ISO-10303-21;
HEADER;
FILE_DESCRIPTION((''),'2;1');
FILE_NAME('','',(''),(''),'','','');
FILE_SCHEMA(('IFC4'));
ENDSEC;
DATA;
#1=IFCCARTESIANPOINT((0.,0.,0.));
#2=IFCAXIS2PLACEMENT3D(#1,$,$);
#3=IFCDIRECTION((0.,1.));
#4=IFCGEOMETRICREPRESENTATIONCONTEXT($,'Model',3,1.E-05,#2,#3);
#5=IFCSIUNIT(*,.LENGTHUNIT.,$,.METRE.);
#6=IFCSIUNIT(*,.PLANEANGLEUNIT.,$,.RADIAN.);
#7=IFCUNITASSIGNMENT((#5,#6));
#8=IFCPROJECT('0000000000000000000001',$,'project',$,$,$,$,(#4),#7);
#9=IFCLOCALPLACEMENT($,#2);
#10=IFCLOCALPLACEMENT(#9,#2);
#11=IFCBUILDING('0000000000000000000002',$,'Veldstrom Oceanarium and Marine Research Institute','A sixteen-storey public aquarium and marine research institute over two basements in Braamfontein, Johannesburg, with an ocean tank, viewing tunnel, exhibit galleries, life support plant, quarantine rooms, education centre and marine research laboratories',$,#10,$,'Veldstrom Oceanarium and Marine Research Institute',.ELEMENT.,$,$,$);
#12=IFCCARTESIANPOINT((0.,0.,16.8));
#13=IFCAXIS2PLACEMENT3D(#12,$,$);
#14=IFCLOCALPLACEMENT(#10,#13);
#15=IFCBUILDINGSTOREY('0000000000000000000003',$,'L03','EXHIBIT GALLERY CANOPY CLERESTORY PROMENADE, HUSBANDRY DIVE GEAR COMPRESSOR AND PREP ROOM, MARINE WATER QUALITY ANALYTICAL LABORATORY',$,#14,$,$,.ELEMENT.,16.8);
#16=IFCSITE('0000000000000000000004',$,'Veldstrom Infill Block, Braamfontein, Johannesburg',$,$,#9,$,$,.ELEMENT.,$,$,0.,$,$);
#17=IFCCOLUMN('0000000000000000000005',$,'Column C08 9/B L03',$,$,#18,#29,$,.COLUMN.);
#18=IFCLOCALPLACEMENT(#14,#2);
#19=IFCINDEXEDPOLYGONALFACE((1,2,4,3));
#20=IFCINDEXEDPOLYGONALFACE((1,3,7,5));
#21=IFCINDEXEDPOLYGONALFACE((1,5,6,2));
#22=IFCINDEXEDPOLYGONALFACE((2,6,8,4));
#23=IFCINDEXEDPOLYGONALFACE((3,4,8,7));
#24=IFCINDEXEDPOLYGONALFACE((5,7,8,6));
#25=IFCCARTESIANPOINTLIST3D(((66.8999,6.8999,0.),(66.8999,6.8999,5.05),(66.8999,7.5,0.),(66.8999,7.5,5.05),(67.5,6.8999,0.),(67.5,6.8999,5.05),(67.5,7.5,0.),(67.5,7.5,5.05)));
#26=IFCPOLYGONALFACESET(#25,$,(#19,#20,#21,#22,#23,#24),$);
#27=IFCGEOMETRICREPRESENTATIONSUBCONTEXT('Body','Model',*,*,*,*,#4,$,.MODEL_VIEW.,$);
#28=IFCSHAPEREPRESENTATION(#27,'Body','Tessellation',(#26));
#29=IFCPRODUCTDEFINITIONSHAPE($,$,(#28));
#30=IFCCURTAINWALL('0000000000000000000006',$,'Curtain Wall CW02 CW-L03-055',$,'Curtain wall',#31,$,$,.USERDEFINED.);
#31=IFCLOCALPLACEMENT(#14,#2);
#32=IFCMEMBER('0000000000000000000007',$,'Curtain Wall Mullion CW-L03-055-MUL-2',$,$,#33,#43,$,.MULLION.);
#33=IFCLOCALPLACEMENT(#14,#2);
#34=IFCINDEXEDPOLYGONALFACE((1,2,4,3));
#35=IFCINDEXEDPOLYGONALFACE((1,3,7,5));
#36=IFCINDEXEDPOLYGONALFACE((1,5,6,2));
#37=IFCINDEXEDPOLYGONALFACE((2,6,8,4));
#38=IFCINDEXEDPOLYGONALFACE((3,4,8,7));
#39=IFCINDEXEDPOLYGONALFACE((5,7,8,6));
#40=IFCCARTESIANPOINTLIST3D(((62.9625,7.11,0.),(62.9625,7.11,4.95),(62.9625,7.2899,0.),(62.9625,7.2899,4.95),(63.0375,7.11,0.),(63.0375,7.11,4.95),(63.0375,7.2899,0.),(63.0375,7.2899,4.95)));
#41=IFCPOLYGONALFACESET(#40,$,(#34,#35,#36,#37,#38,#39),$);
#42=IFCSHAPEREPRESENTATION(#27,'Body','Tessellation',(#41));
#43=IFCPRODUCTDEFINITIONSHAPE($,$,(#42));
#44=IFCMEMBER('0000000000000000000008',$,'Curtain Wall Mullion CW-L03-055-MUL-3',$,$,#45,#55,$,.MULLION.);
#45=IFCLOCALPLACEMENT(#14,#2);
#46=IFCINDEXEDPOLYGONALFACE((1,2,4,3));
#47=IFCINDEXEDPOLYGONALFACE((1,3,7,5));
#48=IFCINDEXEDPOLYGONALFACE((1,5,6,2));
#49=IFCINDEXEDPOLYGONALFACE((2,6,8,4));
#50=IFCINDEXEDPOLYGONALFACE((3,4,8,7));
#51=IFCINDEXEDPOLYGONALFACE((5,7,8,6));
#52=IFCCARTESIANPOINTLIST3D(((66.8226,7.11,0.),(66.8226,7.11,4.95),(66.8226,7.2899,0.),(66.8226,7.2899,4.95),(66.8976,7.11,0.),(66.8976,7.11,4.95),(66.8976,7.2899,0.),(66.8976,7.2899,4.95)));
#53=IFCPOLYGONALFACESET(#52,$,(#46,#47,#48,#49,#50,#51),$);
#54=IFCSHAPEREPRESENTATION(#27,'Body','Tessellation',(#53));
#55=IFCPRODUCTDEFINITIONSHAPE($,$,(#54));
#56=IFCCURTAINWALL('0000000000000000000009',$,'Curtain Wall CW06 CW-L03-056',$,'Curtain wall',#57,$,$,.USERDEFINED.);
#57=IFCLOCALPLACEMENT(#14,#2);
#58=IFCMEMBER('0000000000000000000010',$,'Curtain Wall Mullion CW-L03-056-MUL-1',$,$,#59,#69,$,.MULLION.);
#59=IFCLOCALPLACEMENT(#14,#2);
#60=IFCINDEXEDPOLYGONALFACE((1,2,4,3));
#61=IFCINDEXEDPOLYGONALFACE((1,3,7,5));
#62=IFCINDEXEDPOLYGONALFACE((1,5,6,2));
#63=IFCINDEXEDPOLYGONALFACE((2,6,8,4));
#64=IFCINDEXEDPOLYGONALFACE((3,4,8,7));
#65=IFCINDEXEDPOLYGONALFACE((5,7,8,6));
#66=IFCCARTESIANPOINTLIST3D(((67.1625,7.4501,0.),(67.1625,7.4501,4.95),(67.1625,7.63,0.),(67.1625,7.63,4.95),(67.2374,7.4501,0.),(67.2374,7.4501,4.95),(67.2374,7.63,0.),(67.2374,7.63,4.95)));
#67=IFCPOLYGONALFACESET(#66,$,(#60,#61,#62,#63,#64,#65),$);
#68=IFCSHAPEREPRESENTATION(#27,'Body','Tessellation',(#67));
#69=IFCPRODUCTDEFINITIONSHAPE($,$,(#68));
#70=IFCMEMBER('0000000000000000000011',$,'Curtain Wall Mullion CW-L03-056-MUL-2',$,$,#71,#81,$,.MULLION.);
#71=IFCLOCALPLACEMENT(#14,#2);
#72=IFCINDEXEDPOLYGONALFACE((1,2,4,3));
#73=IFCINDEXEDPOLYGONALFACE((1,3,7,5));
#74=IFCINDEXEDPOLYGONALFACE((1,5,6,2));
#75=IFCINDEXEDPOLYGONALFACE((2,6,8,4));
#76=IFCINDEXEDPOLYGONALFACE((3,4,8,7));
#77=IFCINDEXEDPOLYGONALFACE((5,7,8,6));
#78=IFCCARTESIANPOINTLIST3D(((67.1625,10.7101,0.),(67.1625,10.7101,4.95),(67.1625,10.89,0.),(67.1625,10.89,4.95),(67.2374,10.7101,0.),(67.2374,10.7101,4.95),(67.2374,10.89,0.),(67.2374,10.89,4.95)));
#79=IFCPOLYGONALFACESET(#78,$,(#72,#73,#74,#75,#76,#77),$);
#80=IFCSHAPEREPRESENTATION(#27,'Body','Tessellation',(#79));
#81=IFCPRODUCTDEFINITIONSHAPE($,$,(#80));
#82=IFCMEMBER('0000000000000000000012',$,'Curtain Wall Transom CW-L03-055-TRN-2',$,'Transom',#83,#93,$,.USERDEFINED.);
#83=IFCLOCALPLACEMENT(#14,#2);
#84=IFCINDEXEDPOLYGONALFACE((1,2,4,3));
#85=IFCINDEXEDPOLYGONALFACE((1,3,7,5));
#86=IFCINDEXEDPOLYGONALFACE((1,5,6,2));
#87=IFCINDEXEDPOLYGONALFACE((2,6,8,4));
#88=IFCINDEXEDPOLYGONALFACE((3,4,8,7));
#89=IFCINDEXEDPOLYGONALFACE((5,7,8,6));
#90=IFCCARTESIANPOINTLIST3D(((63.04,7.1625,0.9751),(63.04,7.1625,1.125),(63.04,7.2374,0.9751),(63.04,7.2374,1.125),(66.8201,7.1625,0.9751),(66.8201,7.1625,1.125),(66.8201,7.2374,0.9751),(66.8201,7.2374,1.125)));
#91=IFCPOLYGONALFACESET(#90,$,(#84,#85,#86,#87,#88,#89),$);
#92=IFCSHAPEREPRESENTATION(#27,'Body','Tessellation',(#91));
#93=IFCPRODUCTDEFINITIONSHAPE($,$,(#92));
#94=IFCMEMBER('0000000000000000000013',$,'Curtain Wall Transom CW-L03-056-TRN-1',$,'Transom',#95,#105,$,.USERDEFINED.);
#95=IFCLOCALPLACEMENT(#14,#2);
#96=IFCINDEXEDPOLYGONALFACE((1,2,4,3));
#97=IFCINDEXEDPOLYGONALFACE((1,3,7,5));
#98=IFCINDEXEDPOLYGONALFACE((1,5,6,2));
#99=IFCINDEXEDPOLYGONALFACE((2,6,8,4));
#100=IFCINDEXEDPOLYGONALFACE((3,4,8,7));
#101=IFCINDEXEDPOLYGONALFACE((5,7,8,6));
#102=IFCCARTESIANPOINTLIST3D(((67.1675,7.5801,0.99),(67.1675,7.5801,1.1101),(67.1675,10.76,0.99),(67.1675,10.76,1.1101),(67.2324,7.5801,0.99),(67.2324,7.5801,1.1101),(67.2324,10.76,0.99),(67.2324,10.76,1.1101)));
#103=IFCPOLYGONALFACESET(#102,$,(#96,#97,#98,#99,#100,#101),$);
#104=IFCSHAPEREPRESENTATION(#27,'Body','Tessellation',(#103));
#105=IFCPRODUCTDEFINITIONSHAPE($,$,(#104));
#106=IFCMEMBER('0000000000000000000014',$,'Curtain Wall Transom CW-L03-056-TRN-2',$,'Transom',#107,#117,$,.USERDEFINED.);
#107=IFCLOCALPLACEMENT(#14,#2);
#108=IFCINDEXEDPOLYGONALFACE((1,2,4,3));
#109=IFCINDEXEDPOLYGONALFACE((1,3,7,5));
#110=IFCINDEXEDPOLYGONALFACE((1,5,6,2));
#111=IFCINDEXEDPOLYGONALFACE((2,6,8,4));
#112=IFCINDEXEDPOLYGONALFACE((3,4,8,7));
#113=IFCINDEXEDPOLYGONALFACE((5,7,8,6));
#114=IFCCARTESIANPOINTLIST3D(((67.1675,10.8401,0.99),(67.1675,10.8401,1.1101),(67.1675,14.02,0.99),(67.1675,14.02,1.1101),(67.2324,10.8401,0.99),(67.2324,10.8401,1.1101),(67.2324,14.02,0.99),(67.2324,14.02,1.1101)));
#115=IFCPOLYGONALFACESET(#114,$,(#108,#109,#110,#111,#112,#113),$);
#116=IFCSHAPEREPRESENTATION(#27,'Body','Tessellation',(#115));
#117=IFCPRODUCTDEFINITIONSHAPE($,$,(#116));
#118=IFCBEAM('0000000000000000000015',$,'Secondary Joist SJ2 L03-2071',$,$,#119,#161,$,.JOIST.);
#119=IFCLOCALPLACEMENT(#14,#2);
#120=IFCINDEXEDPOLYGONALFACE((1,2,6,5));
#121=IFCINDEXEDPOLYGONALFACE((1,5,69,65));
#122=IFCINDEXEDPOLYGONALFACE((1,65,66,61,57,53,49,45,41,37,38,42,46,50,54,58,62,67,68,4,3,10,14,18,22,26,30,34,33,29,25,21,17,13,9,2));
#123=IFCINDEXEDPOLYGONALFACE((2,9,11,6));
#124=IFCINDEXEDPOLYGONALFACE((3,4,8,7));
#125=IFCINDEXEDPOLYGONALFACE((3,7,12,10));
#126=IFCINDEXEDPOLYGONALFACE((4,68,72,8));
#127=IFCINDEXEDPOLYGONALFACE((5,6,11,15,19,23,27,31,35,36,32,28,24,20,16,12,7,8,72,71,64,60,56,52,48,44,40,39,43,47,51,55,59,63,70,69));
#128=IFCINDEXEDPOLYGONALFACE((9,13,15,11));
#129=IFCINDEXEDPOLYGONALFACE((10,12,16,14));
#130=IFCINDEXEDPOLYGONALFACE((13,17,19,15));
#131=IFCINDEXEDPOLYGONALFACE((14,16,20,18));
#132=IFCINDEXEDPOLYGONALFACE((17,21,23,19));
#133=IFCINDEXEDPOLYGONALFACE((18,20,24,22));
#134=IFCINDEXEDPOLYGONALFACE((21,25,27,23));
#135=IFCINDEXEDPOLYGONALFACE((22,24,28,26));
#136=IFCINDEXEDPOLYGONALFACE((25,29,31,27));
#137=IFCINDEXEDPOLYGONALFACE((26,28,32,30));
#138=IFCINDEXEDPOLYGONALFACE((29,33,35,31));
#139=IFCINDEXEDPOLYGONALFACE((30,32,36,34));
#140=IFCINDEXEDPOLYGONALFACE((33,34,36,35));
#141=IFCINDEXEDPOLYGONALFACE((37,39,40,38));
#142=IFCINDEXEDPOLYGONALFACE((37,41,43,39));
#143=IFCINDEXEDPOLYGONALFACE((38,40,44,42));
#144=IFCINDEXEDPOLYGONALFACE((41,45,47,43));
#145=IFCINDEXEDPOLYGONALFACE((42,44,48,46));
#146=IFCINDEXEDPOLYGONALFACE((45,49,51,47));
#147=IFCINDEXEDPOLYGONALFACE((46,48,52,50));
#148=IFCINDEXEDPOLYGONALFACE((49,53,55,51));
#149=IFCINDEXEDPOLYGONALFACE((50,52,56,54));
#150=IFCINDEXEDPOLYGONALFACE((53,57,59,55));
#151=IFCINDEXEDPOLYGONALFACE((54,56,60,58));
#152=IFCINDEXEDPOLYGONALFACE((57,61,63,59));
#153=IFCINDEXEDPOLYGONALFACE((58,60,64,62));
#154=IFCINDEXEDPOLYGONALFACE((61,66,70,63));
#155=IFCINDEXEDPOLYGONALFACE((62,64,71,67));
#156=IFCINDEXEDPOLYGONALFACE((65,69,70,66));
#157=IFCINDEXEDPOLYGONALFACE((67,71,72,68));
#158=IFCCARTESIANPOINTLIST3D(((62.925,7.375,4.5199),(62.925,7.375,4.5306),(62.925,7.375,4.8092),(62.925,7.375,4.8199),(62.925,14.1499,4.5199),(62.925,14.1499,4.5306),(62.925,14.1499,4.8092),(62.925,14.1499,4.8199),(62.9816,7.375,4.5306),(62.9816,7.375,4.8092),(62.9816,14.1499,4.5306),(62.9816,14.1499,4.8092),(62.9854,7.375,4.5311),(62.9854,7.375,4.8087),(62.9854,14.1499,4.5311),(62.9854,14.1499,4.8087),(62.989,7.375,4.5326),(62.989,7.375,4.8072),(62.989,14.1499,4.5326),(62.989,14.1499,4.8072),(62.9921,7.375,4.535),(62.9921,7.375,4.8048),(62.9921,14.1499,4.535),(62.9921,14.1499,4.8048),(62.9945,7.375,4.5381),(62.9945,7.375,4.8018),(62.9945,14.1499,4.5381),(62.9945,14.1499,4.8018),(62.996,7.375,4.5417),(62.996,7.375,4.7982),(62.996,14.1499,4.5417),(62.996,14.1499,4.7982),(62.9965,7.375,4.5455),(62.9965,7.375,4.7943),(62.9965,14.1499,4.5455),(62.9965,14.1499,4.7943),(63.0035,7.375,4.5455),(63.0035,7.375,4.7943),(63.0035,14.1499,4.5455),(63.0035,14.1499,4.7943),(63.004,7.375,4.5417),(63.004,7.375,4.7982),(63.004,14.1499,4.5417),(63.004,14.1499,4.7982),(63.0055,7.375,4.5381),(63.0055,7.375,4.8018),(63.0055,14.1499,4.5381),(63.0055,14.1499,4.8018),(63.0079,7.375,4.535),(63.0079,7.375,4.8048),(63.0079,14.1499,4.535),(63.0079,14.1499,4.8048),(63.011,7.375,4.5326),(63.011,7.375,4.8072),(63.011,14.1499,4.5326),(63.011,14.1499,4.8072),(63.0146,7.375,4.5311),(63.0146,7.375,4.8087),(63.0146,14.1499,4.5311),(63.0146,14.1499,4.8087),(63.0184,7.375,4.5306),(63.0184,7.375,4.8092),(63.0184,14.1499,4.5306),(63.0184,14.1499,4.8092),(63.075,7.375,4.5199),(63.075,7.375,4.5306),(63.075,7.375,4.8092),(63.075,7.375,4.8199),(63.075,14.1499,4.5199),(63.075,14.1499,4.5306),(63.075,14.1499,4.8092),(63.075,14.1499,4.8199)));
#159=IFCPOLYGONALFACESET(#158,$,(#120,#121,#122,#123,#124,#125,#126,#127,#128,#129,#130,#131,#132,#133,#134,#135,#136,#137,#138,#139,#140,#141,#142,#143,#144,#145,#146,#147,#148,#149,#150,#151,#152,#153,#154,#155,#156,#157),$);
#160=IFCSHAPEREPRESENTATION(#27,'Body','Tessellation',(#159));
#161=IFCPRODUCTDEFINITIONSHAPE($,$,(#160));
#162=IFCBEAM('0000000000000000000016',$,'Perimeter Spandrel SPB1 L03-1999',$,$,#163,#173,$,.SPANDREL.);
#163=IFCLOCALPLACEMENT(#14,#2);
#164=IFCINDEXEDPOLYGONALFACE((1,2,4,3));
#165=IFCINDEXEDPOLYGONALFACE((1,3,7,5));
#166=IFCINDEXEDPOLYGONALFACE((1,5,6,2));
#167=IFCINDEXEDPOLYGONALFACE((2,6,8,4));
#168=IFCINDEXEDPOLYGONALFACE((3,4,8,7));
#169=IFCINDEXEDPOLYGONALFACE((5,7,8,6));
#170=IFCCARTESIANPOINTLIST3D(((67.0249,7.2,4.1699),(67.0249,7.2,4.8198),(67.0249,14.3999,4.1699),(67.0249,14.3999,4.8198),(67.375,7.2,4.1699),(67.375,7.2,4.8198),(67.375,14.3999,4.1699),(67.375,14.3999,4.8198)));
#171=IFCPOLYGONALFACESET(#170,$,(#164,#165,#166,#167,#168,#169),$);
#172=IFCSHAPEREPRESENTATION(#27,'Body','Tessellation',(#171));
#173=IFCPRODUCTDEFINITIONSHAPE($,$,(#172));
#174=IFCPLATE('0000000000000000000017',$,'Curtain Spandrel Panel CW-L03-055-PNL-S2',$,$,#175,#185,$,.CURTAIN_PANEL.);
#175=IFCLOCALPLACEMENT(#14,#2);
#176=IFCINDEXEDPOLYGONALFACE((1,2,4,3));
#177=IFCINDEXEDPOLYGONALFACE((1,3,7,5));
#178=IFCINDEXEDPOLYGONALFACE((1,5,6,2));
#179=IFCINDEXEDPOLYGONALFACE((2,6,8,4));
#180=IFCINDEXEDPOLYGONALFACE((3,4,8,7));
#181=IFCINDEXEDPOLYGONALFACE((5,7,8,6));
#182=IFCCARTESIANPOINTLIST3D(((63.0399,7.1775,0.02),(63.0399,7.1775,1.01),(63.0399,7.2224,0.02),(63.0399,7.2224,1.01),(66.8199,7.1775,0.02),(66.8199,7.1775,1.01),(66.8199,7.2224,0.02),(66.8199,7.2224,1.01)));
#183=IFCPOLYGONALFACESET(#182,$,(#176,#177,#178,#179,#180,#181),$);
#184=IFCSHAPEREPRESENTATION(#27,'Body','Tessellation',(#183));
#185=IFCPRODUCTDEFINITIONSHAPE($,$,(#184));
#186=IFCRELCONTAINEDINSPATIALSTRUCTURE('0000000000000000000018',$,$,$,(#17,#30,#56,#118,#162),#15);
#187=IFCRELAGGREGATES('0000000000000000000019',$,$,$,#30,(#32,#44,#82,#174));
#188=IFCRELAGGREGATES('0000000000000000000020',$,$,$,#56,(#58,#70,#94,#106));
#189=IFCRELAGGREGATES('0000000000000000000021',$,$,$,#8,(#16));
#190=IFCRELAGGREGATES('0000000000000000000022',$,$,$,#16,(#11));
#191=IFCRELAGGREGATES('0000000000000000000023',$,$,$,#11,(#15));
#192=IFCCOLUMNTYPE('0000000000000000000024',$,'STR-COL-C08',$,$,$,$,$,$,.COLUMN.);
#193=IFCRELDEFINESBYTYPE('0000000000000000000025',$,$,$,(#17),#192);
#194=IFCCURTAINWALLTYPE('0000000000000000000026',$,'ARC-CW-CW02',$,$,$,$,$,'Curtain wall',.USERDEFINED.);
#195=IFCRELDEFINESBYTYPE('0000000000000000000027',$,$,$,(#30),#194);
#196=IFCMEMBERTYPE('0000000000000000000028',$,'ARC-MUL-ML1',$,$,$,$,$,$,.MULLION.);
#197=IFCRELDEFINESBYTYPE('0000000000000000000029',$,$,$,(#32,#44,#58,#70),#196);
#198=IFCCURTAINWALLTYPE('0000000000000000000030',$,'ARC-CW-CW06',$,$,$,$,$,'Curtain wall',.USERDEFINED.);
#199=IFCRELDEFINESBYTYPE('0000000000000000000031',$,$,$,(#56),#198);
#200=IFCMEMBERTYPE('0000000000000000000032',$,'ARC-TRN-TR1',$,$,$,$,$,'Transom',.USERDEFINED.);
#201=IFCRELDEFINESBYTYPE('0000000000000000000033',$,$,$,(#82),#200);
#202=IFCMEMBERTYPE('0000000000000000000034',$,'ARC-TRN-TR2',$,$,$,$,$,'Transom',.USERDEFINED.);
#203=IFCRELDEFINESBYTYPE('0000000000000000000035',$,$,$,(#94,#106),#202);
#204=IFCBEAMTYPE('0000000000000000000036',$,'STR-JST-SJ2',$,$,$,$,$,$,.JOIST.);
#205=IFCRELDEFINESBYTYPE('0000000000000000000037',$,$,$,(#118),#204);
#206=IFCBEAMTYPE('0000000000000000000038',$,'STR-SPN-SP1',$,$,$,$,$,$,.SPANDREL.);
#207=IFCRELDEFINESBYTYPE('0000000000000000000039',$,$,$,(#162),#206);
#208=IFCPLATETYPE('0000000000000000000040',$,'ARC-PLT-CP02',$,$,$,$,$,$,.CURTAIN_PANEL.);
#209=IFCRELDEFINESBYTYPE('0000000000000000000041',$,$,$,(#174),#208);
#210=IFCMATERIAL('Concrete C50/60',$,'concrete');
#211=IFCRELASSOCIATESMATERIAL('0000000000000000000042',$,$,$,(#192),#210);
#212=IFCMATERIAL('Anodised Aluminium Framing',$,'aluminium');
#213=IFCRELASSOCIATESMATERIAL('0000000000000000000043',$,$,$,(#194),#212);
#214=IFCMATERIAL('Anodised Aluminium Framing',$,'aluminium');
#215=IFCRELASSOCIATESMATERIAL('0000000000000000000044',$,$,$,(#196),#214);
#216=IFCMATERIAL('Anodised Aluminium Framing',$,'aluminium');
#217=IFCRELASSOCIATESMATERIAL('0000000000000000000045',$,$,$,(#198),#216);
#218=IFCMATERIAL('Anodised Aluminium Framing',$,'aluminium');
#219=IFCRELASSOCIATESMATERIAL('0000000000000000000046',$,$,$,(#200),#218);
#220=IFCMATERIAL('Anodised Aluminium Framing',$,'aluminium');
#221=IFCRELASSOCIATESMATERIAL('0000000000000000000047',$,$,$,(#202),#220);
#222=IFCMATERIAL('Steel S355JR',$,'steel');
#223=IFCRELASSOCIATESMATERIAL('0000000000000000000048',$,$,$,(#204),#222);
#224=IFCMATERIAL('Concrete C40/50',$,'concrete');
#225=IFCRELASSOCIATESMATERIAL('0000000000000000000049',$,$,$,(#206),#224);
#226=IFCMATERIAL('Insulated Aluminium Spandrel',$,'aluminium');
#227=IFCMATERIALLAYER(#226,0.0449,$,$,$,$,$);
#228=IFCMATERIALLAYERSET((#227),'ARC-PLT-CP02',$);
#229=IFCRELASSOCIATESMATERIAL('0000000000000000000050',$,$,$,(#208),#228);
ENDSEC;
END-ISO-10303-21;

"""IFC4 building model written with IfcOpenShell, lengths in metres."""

from ifc_helpers import new_model, si_unit, direction, frame, origin, origin_2d, place, context, subcontext, project, spatial, rectangle, i_section, extrude, material, layer, layer_set, material_profile, profile_set, type_object, element, aggregate, save


model = new_model("IFC4")

# Units and contexts
model_context = context("Model", 3, precision=1e-05, world=origin(), true_north=direction((0.0, 1.0)))
body_context = subcontext(model_context, "Body", "Model", "MODEL_VIEW")
ifc_project = project(units=[si_unit("LENGTHUNIT", "METRE"), si_unit("PLANEANGLEUNIT", "RADIAN")], contexts=[model_context])

# Site, building, storey
site_placement = place(None, origin())
site = spatial("IfcSite", under=ifc_project, at=site_placement, Name="Veldstrom Infill Block, Braamfontein, Johannesburg", CompositionType="ELEMENT", RefElevation=0.0)
building_placement = place(site_placement, origin())
building = spatial("IfcBuilding", under=site, at=building_placement, Name="Veldstrom Oceanarium and Marine Research Institute", Description="A sixteen-storey public aquarium and marine research institute over two basements in Braamfontein, Johannesburg, with an ocean tank, viewing tunnel, exhibit galleries, life support plant, quarantine rooms, education centre and marine research laboratories", LongName="Veldstrom Oceanarium and Marine Research Institute", CompositionType="ELEMENT")
storey_placement = place(building_placement, frame((0.0, 0.0, 16.8)))
storey = spatial("IfcBuildingStorey", under=building, at=storey_placement, Name="L03", Description="EXHIBIT GALLERY CANOPY CLERESTORY PROMENADE, HUSBANDRY DIVE GEAR COMPRESSOR AND PREP ROOM, MARINE WATER QUALITY ANALYTICAL LABORATORY", CompositionType="ELEMENT", Elevation=16.8)

# Column
ifc_material_1 = material(Name="Concrete C50/60", Category="concrete")
ifc_material_profile_1 = material_profile(ifc_material_1, rectangle(XDim=0.6001, YDim=0.6001, at=origin_2d()), Name="RC-COL-600x600")
ifc_profile_set_1 = profile_set([ifc_material_profile_1], Name="Concrete C50/60")
column_type = type_object("IfcColumnType", Name="STR-COL-C08", PredefinedType="COLUMN", material=ifc_profile_set_1)
column_placement = place(storey_placement, frame((67.2, 7.2, 0.0), z_axis=(0.0, 0.0, 1.0), x_axis=(1.0, 0.0, 0.0)))
element("IfcColumn", 1, at=column_placement, inside=storey, type_object=column_type, Name="Column C08 9/B L03", PredefinedType="COLUMN", context=body_context, shape_type="SweptSolid", body=[
    extrude(rectangle(XDim=0.6001, YDim=0.6001, at=origin_2d()), origin(), (0.0, 0.0, 1.0), 5.05),
])

# Curtain walls, members
ifc_material_2 = material(Name="Anodised Aluminium Framing", Category="aluminium")
curtain_wall_type_1 = type_object("IfcCurtainWallType", Name="ARC-CW-CW02", ElementType="Curtain wall", PredefinedType="USERDEFINED", material=ifc_material_2)
curtain_wall_1_placement = place(storey_placement, origin())
curtain_wall_1 = element("IfcCurtainWall", 2, at=curtain_wall_1_placement, inside=storey, type_object=curtain_wall_type_1, Name="Curtain Wall CW02 CW-L03-055", ObjectType="Curtain wall", PredefinedType="USERDEFINED")
ifc_material_3 = material(Name="Anodised Aluminium Framing", Category="aluminium")
ifc_material_profile_2 = material_profile(ifc_material_3, rectangle(XDim=0.075, YDim=0.1799, at=origin_2d()), Name="ALU-MUL-75x180")
ifc_profile_set_2 = profile_set([ifc_material_profile_2], Name="Anodised Aluminium Framing")
member_type_1 = type_object("IfcMemberType", Name="ARC-MUL-ML1", PredefinedType="MULLION", material=ifc_profile_set_2)
member_1_placement = place(storey_placement, frame((63.0, 7.2, 0.0), z_axis=(0.0, 0.0, 1.0), x_axis=(1.0, 0.0, 0.0)))
member_1 = element("IfcMember", 3, at=member_1_placement, type_object=member_type_1, Name="Curtain Wall Mullion CW-L03-055-MUL-2", PredefinedType="MULLION", context=body_context, shape_type="SweptSolid", body=[
    extrude(rectangle(XDim=0.075, YDim=0.1799, at=origin_2d()), origin(), (0.0, 0.0, 1.0), 4.95),
])
member_2_placement = place(storey_placement, frame((66.8601, 7.2, 0.0), z_axis=(0.0, 0.0, 1.0), x_axis=(1.0, 0.0, 0.0)))
member_2 = element("IfcMember", 4, at=member_2_placement, type_object=member_type_1, Name="Curtain Wall Mullion CW-L03-055-MUL-3", PredefinedType="MULLION", context=body_context, shape_type="SweptSolid", body=[
    extrude(rectangle(XDim=0.075, YDim=0.1799, at=origin_2d()), origin(), (0.0, 0.0, 1.0), 4.95),
])
ifc_material_4 = material(Name="Anodised Aluminium Framing", Category="aluminium")
curtain_wall_type_2 = type_object("IfcCurtainWallType", Name="ARC-CW-CW06", ElementType="Curtain wall", PredefinedType="USERDEFINED", material=ifc_material_4)
curtain_wall_2_placement = place(storey_placement, origin())
curtain_wall_2 = element("IfcCurtainWall", 5, at=curtain_wall_2_placement, inside=storey, type_object=curtain_wall_type_2, Name="Curtain Wall CW06 CW-L03-056", ObjectType="Curtain wall", PredefinedType="USERDEFINED")
member_3_placement = place(storey_placement, frame((67.2, 7.54, 0.0), z_axis=(0.0, 0.0, 1.0), x_axis=(1.0, 0.0, 0.0)))
member_3 = element("IfcMember", 6, at=member_3_placement, type_object=member_type_1, Name="Curtain Wall Mullion CW-L03-056-MUL-1", PredefinedType="MULLION", context=body_context, shape_type="SweptSolid", body=[
    extrude(rectangle(XDim=0.075, YDim=0.1799, at=origin_2d()), origin(), (0.0, 0.0, 1.0), 4.95),
])
member_4_placement = place(storey_placement, frame((67.2, 10.8, 0.0), z_axis=(0.0, 0.0, 1.0), x_axis=(1.0, 0.0, 0.0)))
member_4 = element("IfcMember", 7, at=member_4_placement, type_object=member_type_1, Name="Curtain Wall Mullion CW-L03-056-MUL-2", PredefinedType="MULLION", context=body_context, shape_type="SweptSolid", body=[
    extrude(rectangle(XDim=0.075, YDim=0.1799, at=origin_2d()), origin(), (0.0, 0.0, 1.0), 4.95),
])

# Members
ifc_material_5 = material(Name="Anodised Aluminium Framing", Category="aluminium")
ifc_material_profile_3 = material_profile(ifc_material_5, rectangle(XDim=0.075, YDim=0.1499, at=origin_2d()), Name="ALU-TRN-75x150")
ifc_profile_set_3 = profile_set([ifc_material_profile_3], Name="Anodised Aluminium Framing")
member_type_2 = type_object("IfcMemberType", Name="ARC-TRN-TR1", ElementType="Transom", PredefinedType="USERDEFINED", material=ifc_profile_set_3)
member_5_placement = place(storey_placement, frame((63.04, 7.2, 1.05), z_axis=(1.0, 0.0, 0.0), x_axis=(0.0, 1.0, 0.0)))
member_5 = element("IfcMember", 8, at=member_5_placement, type_object=member_type_2, Name="Curtain Wall Transom CW-L03-055-TRN-2", ObjectType="Transom", PredefinedType="USERDEFINED", context=body_context, shape_type="SweptSolid", body=[
    extrude(rectangle(XDim=0.075, YDim=0.1499, at=origin_2d()), origin(), (0.0, 0.0, 1.0), 3.78),
])
ifc_material_6 = material(Name="Anodised Aluminium Framing", Category="aluminium")
ifc_material_profile_4 = material_profile(ifc_material_6, rectangle(XDim=0.0649, YDim=0.1201, at=origin_2d()), Name="ALU-TRN-65x120")
ifc_profile_set_4 = profile_set([ifc_material_profile_4], Name="Anodised Aluminium Framing")
member_type_3 = type_object("IfcMemberType", Name="ARC-TRN-TR2", ElementType="Transom", PredefinedType="USERDEFINED", material=ifc_profile_set_4)
member_6_placement = place(storey_placement, frame((67.2, 7.5801, 1.05), z_axis=(0.0, 1.0, 0.0), x_axis=(-1.0, 0.0, 0.0)))
member_6 = element("IfcMember", 9, at=member_6_placement, type_object=member_type_3, Name="Curtain Wall Transom CW-L03-056-TRN-1", ObjectType="Transom", PredefinedType="USERDEFINED", context=body_context, shape_type="SweptSolid", body=[
    extrude(rectangle(XDim=0.0649, YDim=0.1201, at=origin_2d()), origin(), (0.0, 0.0, 1.0), 3.1799),
])
member_7_placement = place(storey_placement, frame((67.2, 10.8401, 1.05), z_axis=(0.0, 1.0, 0.0), x_axis=(-1.0, 0.0, 0.0)))
member_7 = element("IfcMember", 10, at=member_7_placement, type_object=member_type_3, Name="Curtain Wall Transom CW-L03-056-TRN-2", ObjectType="Transom", PredefinedType="USERDEFINED", context=body_context, shape_type="SweptSolid", body=[
    extrude(rectangle(XDim=0.0649, YDim=0.1201, at=origin_2d()), origin(), (0.0, 0.0, 1.0), 3.1799),
])

# Beams
ifc_material_7 = material(Name="Steel S355JR", Category="steel")
ifc_material_profile_5 = material_profile(ifc_material_7, i_section(OverallWidth=0.1499, OverallDepth=0.3, WebThickness=0.0071, FlangeThickness=0.0107, FilletRadius=0.0149, at=origin_2d()), Name="IPE 300")
ifc_profile_set_5 = profile_set([ifc_material_profile_5], Name="Steel S355JR")
beam_type_1 = type_object("IfcBeamType", Name="STR-JST-SJ2", PredefinedType="JOIST", material=ifc_profile_set_5)
beam_1_placement = place(storey_placement, frame((63.0, 7.375, 4.6699), z_axis=(0.0, 1.0, 0.0), x_axis=(-1.0, 0.0, 0.0)))
element("IfcBeam", 11, at=beam_1_placement, inside=storey, type_object=beam_type_1, Name="Secondary Joist SJ2 L03-2071", PredefinedType="JOIST", context=body_context, shape_type="SweptSolid", body=[
    extrude(i_section(OverallWidth=0.1499, OverallDepth=0.3, WebThickness=0.0071, FlangeThickness=0.0107, FilletRadius=0.0149, at=origin_2d()), origin(), (0.0, 0.0, 1.0), 6.7749),
])
ifc_material_8 = material(Name="Concrete C40/50", Category="concrete")
ifc_material_profile_6 = material_profile(ifc_material_8, rectangle(XDim=0.3501, YDim=0.6499, at=origin_2d()), Name="RC-SPN-350x650")
ifc_profile_set_6 = profile_set([ifc_material_profile_6], Name="Concrete C40/50")
beam_type_2 = type_object("IfcBeamType", Name="STR-SPN-SP1", PredefinedType="SPANDREL", material=ifc_profile_set_6)
beam_2_placement = place(storey_placement, frame((67.2, 7.2, 4.4949), z_axis=(0.0, 1.0, 0.0), x_axis=(-1.0, 0.0, 0.0)))
element("IfcBeam", 12, at=beam_2_placement, inside=storey, type_object=beam_type_2, Name="Perimeter Spandrel SPB1 L03-1999", PredefinedType="SPANDREL", context=body_context, shape_type="SweptSolid", body=[
    extrude(rectangle(XDim=0.3501, YDim=0.6499, at=origin_2d()), origin(), (0.0, 0.0, 1.0), 7.2),
])

# Plate
ifc_material_9 = material(Name="Insulated Aluminium Spandrel", Category="aluminium")
ifc_layer_1 = layer(ifc_material_9, 0.0449)
ifc_layer_set_1 = layer_set([ifc_layer_1], Name="ARC-PLT-CP02")
plate_type_1 = type_object("IfcPlateType", Name="ARC-PLT-CP02", PredefinedType="CURTAIN_PANEL", material=ifc_layer_set_1)
plate_1_placement = place(storey_placement, frame((64.9299, 7.2, 0.02), z_axis=(0.0, 0.0, 1.0), x_axis=(1.0, 0.0, 0.0)))
plate_1 = element("IfcPlate", 13, at=plate_1_placement, type_object=plate_type_1, Name="Curtain Spandrel Panel CW-L03-055-PNL-S2", PredefinedType="CURTAIN_PANEL", context=body_context, shape_type="SweptSolid", body=[
    extrude(rectangle(XDim=3.78, YDim=0.0449, at=origin_2d()), origin(), (0.0, 0.0, 1.0), 0.99),
])
aggregate(curtain_wall_1, [member_1, member_2, member_5, plate_1])
aggregate(curtain_wall_2, [member_3, member_4, member_6, member_7])

save(model, "model.ifc")
